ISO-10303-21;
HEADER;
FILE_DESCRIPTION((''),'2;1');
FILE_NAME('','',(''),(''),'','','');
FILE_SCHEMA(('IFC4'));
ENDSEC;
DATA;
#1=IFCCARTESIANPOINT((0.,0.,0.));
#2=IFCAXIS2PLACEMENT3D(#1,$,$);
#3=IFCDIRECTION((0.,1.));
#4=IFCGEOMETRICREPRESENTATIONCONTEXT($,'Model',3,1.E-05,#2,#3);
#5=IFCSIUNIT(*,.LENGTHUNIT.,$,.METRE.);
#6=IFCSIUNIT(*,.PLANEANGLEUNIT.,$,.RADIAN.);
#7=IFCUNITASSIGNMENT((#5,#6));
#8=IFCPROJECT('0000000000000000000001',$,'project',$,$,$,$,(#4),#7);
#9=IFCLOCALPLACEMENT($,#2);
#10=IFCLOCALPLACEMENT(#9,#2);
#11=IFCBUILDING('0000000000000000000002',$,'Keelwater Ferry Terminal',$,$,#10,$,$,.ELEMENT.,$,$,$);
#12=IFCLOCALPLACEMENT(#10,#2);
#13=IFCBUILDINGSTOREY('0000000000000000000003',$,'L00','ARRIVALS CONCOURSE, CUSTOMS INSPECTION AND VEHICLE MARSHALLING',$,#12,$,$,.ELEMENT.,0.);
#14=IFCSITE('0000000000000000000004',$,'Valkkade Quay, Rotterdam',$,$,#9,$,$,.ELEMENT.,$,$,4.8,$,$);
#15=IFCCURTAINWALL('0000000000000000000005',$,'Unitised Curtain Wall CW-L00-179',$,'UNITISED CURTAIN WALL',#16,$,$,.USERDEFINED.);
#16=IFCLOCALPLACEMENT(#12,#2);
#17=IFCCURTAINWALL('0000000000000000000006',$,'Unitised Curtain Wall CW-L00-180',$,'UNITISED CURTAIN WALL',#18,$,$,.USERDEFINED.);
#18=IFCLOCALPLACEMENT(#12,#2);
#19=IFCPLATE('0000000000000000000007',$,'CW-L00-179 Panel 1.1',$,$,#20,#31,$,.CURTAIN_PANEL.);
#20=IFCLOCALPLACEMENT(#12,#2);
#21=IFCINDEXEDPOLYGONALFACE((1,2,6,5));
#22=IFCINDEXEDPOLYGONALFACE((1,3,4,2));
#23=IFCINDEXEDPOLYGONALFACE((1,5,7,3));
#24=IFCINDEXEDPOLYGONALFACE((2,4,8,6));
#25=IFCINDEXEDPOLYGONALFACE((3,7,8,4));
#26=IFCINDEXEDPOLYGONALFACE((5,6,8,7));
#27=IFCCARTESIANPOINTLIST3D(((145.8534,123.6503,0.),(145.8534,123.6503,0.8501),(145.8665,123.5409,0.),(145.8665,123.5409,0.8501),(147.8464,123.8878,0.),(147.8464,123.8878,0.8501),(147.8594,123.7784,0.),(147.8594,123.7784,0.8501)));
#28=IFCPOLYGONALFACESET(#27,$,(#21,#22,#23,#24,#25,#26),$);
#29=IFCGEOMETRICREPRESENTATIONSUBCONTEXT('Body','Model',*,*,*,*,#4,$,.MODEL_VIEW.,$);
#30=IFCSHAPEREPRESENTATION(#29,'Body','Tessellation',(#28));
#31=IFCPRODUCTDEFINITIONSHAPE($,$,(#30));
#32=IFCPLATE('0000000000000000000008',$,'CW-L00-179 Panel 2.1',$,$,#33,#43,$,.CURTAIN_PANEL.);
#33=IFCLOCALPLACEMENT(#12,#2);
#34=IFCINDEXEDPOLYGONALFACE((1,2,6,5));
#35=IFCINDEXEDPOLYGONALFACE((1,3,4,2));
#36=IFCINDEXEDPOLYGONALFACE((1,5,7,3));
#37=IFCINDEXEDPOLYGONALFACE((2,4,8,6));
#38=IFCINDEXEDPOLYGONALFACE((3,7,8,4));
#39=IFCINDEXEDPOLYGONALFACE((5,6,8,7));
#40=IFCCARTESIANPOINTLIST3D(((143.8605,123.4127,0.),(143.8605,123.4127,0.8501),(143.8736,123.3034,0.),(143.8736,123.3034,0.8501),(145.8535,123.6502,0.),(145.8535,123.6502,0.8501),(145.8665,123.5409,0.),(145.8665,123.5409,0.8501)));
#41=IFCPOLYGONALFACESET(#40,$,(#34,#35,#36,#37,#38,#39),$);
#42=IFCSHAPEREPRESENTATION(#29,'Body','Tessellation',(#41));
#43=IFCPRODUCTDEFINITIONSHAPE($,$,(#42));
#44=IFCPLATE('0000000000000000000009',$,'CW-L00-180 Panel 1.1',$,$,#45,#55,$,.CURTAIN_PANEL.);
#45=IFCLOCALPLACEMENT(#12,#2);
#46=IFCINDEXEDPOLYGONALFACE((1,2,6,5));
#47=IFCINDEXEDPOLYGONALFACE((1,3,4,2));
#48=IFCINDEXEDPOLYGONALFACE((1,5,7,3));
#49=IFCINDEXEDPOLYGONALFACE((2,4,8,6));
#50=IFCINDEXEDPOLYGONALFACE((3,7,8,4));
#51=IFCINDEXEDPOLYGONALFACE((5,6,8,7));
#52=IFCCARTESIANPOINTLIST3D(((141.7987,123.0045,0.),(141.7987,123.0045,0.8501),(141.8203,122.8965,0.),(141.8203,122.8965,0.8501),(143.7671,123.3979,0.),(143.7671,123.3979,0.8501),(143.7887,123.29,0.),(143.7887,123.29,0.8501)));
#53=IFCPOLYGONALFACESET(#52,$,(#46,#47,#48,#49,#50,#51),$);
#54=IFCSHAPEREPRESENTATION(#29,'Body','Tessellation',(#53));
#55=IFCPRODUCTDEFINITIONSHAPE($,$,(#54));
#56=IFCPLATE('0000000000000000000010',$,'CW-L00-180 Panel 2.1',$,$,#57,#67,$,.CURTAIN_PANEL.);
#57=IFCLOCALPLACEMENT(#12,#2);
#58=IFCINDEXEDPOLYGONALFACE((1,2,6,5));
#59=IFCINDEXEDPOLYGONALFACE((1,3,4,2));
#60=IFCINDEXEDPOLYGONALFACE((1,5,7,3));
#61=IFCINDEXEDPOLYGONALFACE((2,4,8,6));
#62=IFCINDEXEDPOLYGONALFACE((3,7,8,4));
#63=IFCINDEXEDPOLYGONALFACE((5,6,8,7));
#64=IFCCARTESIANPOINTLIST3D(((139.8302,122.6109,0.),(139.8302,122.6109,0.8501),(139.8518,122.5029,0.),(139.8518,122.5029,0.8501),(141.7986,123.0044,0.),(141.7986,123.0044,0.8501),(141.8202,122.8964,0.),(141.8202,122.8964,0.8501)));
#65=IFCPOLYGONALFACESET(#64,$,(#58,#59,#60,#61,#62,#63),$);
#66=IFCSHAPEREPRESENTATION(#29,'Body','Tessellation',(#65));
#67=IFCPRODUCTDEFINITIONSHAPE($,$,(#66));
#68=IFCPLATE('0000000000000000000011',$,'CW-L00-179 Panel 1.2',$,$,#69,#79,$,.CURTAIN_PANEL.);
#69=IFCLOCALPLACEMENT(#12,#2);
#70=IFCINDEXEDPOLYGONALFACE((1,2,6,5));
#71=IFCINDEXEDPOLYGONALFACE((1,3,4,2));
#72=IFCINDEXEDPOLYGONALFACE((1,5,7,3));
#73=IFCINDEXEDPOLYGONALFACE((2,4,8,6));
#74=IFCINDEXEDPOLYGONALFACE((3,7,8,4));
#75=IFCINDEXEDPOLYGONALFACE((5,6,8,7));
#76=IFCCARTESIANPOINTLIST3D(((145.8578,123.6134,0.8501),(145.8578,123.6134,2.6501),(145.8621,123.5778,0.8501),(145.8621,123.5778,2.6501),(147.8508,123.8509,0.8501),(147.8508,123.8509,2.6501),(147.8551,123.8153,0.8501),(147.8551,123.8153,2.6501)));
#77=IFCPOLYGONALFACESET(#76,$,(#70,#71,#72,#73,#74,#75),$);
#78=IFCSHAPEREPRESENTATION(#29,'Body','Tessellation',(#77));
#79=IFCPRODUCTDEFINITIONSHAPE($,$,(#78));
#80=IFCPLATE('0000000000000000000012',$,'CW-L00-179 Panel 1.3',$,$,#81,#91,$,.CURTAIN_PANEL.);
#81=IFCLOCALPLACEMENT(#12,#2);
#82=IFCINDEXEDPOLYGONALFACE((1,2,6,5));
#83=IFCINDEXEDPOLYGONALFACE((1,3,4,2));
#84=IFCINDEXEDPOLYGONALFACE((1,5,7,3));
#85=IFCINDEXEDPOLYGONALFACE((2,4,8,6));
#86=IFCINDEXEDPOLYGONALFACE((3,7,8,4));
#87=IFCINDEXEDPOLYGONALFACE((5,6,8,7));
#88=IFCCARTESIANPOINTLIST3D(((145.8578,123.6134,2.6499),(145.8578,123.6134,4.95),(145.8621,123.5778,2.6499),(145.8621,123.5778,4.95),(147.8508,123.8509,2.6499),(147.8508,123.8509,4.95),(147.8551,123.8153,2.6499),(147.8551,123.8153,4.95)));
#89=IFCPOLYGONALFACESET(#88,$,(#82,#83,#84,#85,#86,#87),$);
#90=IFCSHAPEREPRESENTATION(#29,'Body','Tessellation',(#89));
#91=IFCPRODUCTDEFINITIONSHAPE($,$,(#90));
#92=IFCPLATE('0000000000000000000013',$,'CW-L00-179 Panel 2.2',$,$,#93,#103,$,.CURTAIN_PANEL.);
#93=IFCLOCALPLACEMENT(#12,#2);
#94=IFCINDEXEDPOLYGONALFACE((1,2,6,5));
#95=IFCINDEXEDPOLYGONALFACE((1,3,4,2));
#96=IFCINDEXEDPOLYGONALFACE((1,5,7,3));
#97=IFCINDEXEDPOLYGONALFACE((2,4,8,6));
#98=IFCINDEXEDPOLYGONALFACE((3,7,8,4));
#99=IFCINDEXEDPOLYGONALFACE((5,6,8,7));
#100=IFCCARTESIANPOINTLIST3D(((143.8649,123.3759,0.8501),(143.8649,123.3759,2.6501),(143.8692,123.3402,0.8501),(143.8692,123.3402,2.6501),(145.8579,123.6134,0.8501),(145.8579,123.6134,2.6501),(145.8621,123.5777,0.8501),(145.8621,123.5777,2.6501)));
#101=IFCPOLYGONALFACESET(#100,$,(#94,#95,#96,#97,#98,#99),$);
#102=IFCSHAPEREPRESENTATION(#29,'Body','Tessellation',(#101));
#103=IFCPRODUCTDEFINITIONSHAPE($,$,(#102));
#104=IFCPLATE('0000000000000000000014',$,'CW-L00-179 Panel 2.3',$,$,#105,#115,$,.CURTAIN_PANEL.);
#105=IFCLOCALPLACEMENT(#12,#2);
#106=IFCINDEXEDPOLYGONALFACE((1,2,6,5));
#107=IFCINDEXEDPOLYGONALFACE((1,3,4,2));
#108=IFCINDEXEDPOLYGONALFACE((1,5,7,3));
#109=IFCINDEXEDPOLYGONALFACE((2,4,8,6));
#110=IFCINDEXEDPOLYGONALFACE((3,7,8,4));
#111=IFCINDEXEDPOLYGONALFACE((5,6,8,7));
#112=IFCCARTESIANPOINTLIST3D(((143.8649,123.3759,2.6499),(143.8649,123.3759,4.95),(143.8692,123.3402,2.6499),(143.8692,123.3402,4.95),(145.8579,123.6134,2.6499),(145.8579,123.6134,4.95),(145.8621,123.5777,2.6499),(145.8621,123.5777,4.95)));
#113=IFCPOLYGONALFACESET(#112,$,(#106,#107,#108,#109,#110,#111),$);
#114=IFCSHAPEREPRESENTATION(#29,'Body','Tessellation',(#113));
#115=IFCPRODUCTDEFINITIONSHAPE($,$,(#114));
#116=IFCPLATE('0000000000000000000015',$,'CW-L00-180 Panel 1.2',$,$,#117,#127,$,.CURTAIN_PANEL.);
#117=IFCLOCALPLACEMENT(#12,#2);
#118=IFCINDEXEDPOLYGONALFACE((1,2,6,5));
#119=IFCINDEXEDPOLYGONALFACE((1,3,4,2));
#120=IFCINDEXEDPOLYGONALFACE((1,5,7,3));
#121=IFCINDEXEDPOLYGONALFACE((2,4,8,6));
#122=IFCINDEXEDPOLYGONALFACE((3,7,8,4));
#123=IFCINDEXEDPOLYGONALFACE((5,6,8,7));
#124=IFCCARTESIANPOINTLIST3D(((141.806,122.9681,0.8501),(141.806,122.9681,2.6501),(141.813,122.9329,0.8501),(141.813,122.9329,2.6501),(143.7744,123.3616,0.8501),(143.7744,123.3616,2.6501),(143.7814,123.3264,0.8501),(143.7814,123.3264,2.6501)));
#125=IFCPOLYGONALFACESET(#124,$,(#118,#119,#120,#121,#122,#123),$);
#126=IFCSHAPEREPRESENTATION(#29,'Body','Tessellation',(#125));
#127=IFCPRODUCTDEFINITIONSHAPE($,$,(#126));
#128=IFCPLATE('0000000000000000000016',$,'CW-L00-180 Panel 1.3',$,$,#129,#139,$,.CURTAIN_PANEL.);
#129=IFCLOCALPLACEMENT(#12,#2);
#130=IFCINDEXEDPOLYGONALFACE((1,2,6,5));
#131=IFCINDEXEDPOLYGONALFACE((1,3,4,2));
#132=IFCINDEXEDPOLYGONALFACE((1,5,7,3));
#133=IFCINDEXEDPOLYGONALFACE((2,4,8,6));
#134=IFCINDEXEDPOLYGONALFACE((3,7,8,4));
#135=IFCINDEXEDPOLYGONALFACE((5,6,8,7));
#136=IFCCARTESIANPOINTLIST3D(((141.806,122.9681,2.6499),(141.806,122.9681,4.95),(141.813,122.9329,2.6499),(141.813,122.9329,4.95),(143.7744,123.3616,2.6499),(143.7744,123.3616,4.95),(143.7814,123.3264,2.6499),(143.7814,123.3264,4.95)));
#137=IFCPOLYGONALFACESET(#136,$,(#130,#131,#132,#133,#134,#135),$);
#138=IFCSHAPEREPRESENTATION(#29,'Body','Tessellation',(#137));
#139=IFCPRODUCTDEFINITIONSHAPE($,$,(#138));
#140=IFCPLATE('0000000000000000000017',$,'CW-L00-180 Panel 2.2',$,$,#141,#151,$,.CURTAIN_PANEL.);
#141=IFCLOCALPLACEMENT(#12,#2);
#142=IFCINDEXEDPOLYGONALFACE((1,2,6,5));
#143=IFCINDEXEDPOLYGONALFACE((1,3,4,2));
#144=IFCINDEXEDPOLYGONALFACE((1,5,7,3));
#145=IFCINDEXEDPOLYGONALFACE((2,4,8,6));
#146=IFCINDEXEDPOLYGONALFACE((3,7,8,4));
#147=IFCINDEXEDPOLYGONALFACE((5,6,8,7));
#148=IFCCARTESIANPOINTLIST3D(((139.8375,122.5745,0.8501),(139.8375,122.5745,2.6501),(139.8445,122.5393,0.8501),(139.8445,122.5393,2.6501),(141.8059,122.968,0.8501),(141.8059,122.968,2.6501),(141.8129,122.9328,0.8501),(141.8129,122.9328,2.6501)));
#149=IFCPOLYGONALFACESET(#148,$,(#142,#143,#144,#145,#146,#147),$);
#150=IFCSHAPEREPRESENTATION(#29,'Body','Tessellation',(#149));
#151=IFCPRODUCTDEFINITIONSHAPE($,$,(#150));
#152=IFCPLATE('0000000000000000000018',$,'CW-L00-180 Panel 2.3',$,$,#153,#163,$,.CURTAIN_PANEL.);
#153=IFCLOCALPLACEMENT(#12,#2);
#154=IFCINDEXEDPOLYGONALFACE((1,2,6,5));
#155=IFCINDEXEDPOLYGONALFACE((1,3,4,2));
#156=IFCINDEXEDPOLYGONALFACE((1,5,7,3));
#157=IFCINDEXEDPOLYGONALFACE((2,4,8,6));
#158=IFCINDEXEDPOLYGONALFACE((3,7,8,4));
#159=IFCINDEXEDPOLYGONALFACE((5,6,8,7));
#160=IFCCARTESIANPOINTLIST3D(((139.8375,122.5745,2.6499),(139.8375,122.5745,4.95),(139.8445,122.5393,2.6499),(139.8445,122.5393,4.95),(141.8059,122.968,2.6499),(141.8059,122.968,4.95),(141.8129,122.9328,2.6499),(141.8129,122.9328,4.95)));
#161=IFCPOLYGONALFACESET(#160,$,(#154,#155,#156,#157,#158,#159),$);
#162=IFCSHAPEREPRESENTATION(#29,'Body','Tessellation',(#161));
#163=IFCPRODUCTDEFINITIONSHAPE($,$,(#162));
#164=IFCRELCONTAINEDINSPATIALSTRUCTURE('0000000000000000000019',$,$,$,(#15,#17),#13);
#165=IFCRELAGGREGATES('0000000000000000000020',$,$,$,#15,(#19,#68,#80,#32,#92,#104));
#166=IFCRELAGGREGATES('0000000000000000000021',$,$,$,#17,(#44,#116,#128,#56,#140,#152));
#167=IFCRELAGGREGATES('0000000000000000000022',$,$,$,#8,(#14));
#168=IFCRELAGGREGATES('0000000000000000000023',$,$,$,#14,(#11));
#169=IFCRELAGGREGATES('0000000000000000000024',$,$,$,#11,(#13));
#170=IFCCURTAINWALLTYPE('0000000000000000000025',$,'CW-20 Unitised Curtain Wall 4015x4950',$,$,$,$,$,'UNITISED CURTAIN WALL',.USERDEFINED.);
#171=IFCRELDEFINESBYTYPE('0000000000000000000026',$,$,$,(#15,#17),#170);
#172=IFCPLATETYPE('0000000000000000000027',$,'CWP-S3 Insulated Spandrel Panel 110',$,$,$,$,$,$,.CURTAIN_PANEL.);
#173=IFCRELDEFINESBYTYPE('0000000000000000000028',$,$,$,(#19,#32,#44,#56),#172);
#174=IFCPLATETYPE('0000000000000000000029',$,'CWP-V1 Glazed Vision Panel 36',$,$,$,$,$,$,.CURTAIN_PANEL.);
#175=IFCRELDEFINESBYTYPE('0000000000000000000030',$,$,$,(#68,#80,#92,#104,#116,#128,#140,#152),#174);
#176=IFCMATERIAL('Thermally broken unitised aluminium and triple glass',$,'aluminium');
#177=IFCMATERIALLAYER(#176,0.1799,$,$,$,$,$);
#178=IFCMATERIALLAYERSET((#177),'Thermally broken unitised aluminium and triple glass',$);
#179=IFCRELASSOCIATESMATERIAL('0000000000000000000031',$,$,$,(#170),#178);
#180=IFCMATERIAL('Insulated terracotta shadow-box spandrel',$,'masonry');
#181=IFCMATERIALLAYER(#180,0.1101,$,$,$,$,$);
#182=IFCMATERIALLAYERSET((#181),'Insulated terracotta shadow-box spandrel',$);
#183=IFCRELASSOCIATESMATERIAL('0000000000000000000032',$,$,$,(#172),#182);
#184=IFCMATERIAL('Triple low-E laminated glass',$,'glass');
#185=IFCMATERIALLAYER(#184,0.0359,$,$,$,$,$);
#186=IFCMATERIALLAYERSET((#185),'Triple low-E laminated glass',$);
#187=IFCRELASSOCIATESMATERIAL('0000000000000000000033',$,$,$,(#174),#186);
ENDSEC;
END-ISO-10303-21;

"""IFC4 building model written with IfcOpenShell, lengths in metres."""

from ifc_helpers import new_model, si_unit, direction, frame, origin, origin_2d, place, context, subcontext, project, spatial, rectangle, extrude, material, layer, layer_set, type_object, element, aggregate, save


model = new_model("IFC4")

# Units and contexts
model_context = context("Model", 3, precision=1e-05, world=origin(), true_north=direction((0.0, 1.0)))
body_context = subcontext(model_context, "Body", "Model", "MODEL_VIEW")
ifc_project = project(units=[si_unit("LENGTHUNIT", "METRE"), si_unit("PLANEANGLEUNIT", "RADIAN")], contexts=[model_context])

# Site, building, storey
site_placement = place(None, origin())
site = spatial("IfcSite", under=ifc_project, at=site_placement, Name="Valkkade Quay, Rotterdam", CompositionType="ELEMENT", RefElevation=4.8)
building_placement = place(site_placement, origin())
building = spatial("IfcBuilding", under=site, at=building_placement, Name="Keelwater Ferry Terminal", CompositionType="ELEMENT")
storey_placement = place(building_placement, origin())
storey = spatial("IfcBuildingStorey", under=building, at=storey_placement, Name="L00", Description="ARRIVALS CONCOURSE, CUSTOMS INSPECTION AND VEHICLE MARSHALLING", CompositionType="ELEMENT", Elevation=0.0)

# Shared definitions
ifc_material_1 = material(Name="Thermally broken unitised aluminium and triple glass", Category="aluminium")
ifc_layer_1 = layer(ifc_material_1, 0.1799)
ifc_layer_set_1 = layer_set([ifc_layer_1], Name="Thermally broken unitised aluminium and triple glass")
curtain_wall_type = type_object("IfcCurtainWallType", Name="CW-20 Unitised Curtain Wall 4015x4950", ElementType="UNITISED CURTAIN WALL", PredefinedType="USERDEFINED", material=ifc_layer_set_1)

# Curtain walls
curtain_wall_1_placement = place(storey_placement, origin())
curtain_wall_1 = element("IfcCurtainWall", 1, at=curtain_wall_1_placement, inside=storey, type_object=curtain_wall_type, Name="Unitised Curtain Wall CW-L00-179", ObjectType="UNITISED CURTAIN WALL", PredefinedType="USERDEFINED")
curtain_wall_2_placement = place(storey_placement, origin())
curtain_wall_2 = element("IfcCurtainWall", 2, at=curtain_wall_2_placement, inside=storey, type_object=curtain_wall_type, Name="Unitised Curtain Wall CW-L00-180", ObjectType="UNITISED CURTAIN WALL", PredefinedType="USERDEFINED")

# Plates
ifc_material_2 = material(Name="Insulated terracotta shadow-box spandrel", Category="masonry")
ifc_layer_2 = layer(ifc_material_2, 0.1101)
ifc_layer_set_2 = layer_set([ifc_layer_2], Name="Insulated terracotta shadow-box spandrel")
plate_type_1 = type_object("IfcPlateType", Name="CWP-S3 Insulated Spandrel Panel 110", PredefinedType="CURTAIN_PANEL", material=ifc_layer_set_2)
plate_1_placement = place(storey_placement, frame((146.8564, 123.7144, 0.0), z_axis=(0.0, 0.0, 1.0), x_axis=(-0.992974, -0.11833, 0.0)))
plate_1 = element("IfcPlate", 3, at=plate_1_placement, type_object=plate_type_1, Name="CW-L00-179 Panel 1.1", PredefinedType="CURTAIN_PANEL", context=body_context, shape_type="SweptSolid", body=[
    extrude(rectangle(XDim=2.0071, YDim=0.1101, at=origin_2d()), origin(), (0.0, 0.0, 1.0), 0.8501),
])
plate_2_placement = place(storey_placement, frame((144.8635, 123.4768, 0.0), z_axis=(0.0, 0.0, 1.0), x_axis=(-0.992974, -0.11833, 0.0)))
plate_2 = element("IfcPlate", 4, at=plate_2_placement, type_object=plate_type_1, Name="CW-L00-179 Panel 2.1", PredefinedType="CURTAIN_PANEL", context=body_context, shape_type="SweptSolid", body=[
    extrude(rectangle(XDim=2.0071, YDim=0.1101, at=origin_2d()), origin(), (0.0, 0.0, 1.0), 0.8501),
])
plate_3_placement = place(storey_placement, frame((142.7937, 123.1472, 0.0), z_axis=(0.0, 0.0, 1.0), x_axis=(-0.9806, -0.19602, 0.0)))
plate_3 = element("IfcPlate", 5, at=plate_3_placement, type_object=plate_type_1, Name="CW-L00-180 Panel 1.1", PredefinedType="CURTAIN_PANEL", context=body_context, shape_type="SweptSolid", body=[
    extrude(rectangle(XDim=2.0073, YDim=0.1101, at=origin_2d()), origin(), (0.0, 0.0, 1.0), 0.8501),
])
plate_4_placement = place(storey_placement, frame((140.8252, 122.7537, 0.0), z_axis=(0.0, 0.0, 1.0), x_axis=(-0.9806, -0.19602, 0.0)))
plate_4 = element("IfcPlate", 6, at=plate_4_placement, type_object=plate_type_1, Name="CW-L00-180 Panel 2.1", PredefinedType="CURTAIN_PANEL", context=body_context, shape_type="SweptSolid", body=[
    extrude(rectangle(XDim=2.0073, YDim=0.1101, at=origin_2d()), origin(), (0.0, 0.0, 1.0), 0.8501),
])
ifc_material_3 = material(Name="Triple low-E laminated glass", Category="glass")
ifc_layer_3 = layer(ifc_material_3, 0.0359)
ifc_layer_set_3 = layer_set([ifc_layer_3], Name="Triple low-E laminated glass")
plate_type_2 = type_object("IfcPlateType", Name="CWP-V1 Glazed Vision Panel 36", PredefinedType="CURTAIN_PANEL", material=ifc_layer_set_3)
plate_5_placement = place(storey_placement, frame((146.8564, 123.7144, 0.8501), z_axis=(0.0, 0.0, 1.0), x_axis=(-0.992974, -0.11833, 0.0)))
plate_5 = element("IfcPlate", 7, at=plate_5_placement, type_object=plate_type_2, Name="CW-L00-179 Panel 1.2", PredefinedType="CURTAIN_PANEL", context=body_context, shape_type="SweptSolid", body=[
    extrude(rectangle(XDim=2.0071, YDim=0.0359, at=origin_2d()), origin(), (0.0, 0.0, 1.0), 1.8),
])
plate_6_placement = place(storey_placement, frame((146.8564, 123.7144, 2.6499), z_axis=(0.0, 0.0, 1.0), x_axis=(-0.992974, -0.11833, 0.0)))
plate_6 = element("IfcPlate", 8, at=plate_6_placement, type_object=plate_type_2, Name="CW-L00-179 Panel 1.3", PredefinedType="CURTAIN_PANEL", context=body_context, shape_type="SweptSolid", body=[
    extrude(rectangle(XDim=2.0071, YDim=0.0359, at=origin_2d()), origin(), (0.0, 0.0, 1.0), 2.3),
])
plate_7_placement = place(storey_placement, frame((144.8635, 123.4768, 0.8501), z_axis=(0.0, 0.0, 1.0), x_axis=(-0.992974, -0.11833, 0.0)))
plate_7 = element("IfcPlate", 9, at=plate_7_placement, type_object=plate_type_2, Name="CW-L00-179 Panel 2.2", PredefinedType="CURTAIN_PANEL", context=body_context, shape_type="SweptSolid", body=[
    extrude(rectangle(XDim=2.0071, YDim=0.0359, at=origin_2d()), origin(), (0.0, 0.0, 1.0), 1.8),
])
plate_8_placement = place(storey_placement, frame((144.8635, 123.4768, 2.6499), z_axis=(0.0, 0.0, 1.0), x_axis=(-0.992974, -0.11833, 0.0)))
plate_8 = element("IfcPlate", 10, at=plate_8_placement, type_object=plate_type_2, Name="CW-L00-179 Panel 2.3", PredefinedType="CURTAIN_PANEL", context=body_context, shape_type="SweptSolid", body=[
    extrude(rectangle(XDim=2.0071, YDim=0.0359, at=origin_2d()), origin(), (0.0, 0.0, 1.0), 2.3),
])
aggregate(curtain_wall_1, [plate_1, plate_5, plate_6, plate_2, plate_7, plate_8])
plate_9_placement = place(storey_placement, frame((142.7937, 123.1472, 0.8501), z_axis=(0.0, 0.0, 1.0), x_axis=(-0.9806, -0.19602, 0.0)))
plate_9 = element("IfcPlate", 11, at=plate_9_placement, type_object=plate_type_2, Name="CW-L00-180 Panel 1.2", PredefinedType="CURTAIN_PANEL", context=body_context, shape_type="SweptSolid", body=[
    extrude(rectangle(XDim=2.0073, YDim=0.0359, at=origin_2d()), origin(), (0.0, 0.0, 1.0), 1.8),
])
plate_10_placement = place(storey_placement, frame((142.7937, 123.1472, 2.6499), z_axis=(0.0, 0.0, 1.0), x_axis=(-0.9806, -0.19602, 0.0)))
plate_10 = element("IfcPlate", 12, at=plate_10_placement, type_object=plate_type_2, Name="CW-L00-180 Panel 1.3", PredefinedType="CURTAIN_PANEL", context=body_context, shape_type="SweptSolid", body=[
    extrude(rectangle(XDim=2.0073, YDim=0.0359, at=origin_2d()), origin(), (0.0, 0.0, 1.0), 2.3),
])
plate_11_placement = place(storey_placement, frame((140.8252, 122.7537, 0.8501), z_axis=(0.0, 0.0, 1.0), x_axis=(-0.9806, -0.19602, 0.0)))
plate_11 = element("IfcPlate", 13, at=plate_11_placement, type_object=plate_type_2, Name="CW-L00-180 Panel 2.2", PredefinedType="CURTAIN_PANEL", context=body_context, shape_type="SweptSolid", body=[
    extrude(rectangle(XDim=2.0073, YDim=0.0359, at=origin_2d()), origin(), (0.0, 0.0, 1.0), 1.8),
])
plate_12_placement = place(storey_placement, frame((140.8252, 122.7537, 2.6499), z_axis=(0.0, 0.0, 1.0), x_axis=(-0.9806, -0.19602, 0.0)))
plate_12 = element("IfcPlate", 14, at=plate_12_placement, type_object=plate_type_2, Name="CW-L00-180 Panel 2.3", PredefinedType="CURTAIN_PANEL", context=body_context, shape_type="SweptSolid", body=[
    extrude(rectangle(XDim=2.0073, YDim=0.0359, at=origin_2d()), origin(), (0.0, 0.0, 1.0), 2.3),
])
aggregate(curtain_wall_2, [plate_3, plate_9, plate_10, plate_4, plate_11, plate_12])

save(model, "model.ifc")
